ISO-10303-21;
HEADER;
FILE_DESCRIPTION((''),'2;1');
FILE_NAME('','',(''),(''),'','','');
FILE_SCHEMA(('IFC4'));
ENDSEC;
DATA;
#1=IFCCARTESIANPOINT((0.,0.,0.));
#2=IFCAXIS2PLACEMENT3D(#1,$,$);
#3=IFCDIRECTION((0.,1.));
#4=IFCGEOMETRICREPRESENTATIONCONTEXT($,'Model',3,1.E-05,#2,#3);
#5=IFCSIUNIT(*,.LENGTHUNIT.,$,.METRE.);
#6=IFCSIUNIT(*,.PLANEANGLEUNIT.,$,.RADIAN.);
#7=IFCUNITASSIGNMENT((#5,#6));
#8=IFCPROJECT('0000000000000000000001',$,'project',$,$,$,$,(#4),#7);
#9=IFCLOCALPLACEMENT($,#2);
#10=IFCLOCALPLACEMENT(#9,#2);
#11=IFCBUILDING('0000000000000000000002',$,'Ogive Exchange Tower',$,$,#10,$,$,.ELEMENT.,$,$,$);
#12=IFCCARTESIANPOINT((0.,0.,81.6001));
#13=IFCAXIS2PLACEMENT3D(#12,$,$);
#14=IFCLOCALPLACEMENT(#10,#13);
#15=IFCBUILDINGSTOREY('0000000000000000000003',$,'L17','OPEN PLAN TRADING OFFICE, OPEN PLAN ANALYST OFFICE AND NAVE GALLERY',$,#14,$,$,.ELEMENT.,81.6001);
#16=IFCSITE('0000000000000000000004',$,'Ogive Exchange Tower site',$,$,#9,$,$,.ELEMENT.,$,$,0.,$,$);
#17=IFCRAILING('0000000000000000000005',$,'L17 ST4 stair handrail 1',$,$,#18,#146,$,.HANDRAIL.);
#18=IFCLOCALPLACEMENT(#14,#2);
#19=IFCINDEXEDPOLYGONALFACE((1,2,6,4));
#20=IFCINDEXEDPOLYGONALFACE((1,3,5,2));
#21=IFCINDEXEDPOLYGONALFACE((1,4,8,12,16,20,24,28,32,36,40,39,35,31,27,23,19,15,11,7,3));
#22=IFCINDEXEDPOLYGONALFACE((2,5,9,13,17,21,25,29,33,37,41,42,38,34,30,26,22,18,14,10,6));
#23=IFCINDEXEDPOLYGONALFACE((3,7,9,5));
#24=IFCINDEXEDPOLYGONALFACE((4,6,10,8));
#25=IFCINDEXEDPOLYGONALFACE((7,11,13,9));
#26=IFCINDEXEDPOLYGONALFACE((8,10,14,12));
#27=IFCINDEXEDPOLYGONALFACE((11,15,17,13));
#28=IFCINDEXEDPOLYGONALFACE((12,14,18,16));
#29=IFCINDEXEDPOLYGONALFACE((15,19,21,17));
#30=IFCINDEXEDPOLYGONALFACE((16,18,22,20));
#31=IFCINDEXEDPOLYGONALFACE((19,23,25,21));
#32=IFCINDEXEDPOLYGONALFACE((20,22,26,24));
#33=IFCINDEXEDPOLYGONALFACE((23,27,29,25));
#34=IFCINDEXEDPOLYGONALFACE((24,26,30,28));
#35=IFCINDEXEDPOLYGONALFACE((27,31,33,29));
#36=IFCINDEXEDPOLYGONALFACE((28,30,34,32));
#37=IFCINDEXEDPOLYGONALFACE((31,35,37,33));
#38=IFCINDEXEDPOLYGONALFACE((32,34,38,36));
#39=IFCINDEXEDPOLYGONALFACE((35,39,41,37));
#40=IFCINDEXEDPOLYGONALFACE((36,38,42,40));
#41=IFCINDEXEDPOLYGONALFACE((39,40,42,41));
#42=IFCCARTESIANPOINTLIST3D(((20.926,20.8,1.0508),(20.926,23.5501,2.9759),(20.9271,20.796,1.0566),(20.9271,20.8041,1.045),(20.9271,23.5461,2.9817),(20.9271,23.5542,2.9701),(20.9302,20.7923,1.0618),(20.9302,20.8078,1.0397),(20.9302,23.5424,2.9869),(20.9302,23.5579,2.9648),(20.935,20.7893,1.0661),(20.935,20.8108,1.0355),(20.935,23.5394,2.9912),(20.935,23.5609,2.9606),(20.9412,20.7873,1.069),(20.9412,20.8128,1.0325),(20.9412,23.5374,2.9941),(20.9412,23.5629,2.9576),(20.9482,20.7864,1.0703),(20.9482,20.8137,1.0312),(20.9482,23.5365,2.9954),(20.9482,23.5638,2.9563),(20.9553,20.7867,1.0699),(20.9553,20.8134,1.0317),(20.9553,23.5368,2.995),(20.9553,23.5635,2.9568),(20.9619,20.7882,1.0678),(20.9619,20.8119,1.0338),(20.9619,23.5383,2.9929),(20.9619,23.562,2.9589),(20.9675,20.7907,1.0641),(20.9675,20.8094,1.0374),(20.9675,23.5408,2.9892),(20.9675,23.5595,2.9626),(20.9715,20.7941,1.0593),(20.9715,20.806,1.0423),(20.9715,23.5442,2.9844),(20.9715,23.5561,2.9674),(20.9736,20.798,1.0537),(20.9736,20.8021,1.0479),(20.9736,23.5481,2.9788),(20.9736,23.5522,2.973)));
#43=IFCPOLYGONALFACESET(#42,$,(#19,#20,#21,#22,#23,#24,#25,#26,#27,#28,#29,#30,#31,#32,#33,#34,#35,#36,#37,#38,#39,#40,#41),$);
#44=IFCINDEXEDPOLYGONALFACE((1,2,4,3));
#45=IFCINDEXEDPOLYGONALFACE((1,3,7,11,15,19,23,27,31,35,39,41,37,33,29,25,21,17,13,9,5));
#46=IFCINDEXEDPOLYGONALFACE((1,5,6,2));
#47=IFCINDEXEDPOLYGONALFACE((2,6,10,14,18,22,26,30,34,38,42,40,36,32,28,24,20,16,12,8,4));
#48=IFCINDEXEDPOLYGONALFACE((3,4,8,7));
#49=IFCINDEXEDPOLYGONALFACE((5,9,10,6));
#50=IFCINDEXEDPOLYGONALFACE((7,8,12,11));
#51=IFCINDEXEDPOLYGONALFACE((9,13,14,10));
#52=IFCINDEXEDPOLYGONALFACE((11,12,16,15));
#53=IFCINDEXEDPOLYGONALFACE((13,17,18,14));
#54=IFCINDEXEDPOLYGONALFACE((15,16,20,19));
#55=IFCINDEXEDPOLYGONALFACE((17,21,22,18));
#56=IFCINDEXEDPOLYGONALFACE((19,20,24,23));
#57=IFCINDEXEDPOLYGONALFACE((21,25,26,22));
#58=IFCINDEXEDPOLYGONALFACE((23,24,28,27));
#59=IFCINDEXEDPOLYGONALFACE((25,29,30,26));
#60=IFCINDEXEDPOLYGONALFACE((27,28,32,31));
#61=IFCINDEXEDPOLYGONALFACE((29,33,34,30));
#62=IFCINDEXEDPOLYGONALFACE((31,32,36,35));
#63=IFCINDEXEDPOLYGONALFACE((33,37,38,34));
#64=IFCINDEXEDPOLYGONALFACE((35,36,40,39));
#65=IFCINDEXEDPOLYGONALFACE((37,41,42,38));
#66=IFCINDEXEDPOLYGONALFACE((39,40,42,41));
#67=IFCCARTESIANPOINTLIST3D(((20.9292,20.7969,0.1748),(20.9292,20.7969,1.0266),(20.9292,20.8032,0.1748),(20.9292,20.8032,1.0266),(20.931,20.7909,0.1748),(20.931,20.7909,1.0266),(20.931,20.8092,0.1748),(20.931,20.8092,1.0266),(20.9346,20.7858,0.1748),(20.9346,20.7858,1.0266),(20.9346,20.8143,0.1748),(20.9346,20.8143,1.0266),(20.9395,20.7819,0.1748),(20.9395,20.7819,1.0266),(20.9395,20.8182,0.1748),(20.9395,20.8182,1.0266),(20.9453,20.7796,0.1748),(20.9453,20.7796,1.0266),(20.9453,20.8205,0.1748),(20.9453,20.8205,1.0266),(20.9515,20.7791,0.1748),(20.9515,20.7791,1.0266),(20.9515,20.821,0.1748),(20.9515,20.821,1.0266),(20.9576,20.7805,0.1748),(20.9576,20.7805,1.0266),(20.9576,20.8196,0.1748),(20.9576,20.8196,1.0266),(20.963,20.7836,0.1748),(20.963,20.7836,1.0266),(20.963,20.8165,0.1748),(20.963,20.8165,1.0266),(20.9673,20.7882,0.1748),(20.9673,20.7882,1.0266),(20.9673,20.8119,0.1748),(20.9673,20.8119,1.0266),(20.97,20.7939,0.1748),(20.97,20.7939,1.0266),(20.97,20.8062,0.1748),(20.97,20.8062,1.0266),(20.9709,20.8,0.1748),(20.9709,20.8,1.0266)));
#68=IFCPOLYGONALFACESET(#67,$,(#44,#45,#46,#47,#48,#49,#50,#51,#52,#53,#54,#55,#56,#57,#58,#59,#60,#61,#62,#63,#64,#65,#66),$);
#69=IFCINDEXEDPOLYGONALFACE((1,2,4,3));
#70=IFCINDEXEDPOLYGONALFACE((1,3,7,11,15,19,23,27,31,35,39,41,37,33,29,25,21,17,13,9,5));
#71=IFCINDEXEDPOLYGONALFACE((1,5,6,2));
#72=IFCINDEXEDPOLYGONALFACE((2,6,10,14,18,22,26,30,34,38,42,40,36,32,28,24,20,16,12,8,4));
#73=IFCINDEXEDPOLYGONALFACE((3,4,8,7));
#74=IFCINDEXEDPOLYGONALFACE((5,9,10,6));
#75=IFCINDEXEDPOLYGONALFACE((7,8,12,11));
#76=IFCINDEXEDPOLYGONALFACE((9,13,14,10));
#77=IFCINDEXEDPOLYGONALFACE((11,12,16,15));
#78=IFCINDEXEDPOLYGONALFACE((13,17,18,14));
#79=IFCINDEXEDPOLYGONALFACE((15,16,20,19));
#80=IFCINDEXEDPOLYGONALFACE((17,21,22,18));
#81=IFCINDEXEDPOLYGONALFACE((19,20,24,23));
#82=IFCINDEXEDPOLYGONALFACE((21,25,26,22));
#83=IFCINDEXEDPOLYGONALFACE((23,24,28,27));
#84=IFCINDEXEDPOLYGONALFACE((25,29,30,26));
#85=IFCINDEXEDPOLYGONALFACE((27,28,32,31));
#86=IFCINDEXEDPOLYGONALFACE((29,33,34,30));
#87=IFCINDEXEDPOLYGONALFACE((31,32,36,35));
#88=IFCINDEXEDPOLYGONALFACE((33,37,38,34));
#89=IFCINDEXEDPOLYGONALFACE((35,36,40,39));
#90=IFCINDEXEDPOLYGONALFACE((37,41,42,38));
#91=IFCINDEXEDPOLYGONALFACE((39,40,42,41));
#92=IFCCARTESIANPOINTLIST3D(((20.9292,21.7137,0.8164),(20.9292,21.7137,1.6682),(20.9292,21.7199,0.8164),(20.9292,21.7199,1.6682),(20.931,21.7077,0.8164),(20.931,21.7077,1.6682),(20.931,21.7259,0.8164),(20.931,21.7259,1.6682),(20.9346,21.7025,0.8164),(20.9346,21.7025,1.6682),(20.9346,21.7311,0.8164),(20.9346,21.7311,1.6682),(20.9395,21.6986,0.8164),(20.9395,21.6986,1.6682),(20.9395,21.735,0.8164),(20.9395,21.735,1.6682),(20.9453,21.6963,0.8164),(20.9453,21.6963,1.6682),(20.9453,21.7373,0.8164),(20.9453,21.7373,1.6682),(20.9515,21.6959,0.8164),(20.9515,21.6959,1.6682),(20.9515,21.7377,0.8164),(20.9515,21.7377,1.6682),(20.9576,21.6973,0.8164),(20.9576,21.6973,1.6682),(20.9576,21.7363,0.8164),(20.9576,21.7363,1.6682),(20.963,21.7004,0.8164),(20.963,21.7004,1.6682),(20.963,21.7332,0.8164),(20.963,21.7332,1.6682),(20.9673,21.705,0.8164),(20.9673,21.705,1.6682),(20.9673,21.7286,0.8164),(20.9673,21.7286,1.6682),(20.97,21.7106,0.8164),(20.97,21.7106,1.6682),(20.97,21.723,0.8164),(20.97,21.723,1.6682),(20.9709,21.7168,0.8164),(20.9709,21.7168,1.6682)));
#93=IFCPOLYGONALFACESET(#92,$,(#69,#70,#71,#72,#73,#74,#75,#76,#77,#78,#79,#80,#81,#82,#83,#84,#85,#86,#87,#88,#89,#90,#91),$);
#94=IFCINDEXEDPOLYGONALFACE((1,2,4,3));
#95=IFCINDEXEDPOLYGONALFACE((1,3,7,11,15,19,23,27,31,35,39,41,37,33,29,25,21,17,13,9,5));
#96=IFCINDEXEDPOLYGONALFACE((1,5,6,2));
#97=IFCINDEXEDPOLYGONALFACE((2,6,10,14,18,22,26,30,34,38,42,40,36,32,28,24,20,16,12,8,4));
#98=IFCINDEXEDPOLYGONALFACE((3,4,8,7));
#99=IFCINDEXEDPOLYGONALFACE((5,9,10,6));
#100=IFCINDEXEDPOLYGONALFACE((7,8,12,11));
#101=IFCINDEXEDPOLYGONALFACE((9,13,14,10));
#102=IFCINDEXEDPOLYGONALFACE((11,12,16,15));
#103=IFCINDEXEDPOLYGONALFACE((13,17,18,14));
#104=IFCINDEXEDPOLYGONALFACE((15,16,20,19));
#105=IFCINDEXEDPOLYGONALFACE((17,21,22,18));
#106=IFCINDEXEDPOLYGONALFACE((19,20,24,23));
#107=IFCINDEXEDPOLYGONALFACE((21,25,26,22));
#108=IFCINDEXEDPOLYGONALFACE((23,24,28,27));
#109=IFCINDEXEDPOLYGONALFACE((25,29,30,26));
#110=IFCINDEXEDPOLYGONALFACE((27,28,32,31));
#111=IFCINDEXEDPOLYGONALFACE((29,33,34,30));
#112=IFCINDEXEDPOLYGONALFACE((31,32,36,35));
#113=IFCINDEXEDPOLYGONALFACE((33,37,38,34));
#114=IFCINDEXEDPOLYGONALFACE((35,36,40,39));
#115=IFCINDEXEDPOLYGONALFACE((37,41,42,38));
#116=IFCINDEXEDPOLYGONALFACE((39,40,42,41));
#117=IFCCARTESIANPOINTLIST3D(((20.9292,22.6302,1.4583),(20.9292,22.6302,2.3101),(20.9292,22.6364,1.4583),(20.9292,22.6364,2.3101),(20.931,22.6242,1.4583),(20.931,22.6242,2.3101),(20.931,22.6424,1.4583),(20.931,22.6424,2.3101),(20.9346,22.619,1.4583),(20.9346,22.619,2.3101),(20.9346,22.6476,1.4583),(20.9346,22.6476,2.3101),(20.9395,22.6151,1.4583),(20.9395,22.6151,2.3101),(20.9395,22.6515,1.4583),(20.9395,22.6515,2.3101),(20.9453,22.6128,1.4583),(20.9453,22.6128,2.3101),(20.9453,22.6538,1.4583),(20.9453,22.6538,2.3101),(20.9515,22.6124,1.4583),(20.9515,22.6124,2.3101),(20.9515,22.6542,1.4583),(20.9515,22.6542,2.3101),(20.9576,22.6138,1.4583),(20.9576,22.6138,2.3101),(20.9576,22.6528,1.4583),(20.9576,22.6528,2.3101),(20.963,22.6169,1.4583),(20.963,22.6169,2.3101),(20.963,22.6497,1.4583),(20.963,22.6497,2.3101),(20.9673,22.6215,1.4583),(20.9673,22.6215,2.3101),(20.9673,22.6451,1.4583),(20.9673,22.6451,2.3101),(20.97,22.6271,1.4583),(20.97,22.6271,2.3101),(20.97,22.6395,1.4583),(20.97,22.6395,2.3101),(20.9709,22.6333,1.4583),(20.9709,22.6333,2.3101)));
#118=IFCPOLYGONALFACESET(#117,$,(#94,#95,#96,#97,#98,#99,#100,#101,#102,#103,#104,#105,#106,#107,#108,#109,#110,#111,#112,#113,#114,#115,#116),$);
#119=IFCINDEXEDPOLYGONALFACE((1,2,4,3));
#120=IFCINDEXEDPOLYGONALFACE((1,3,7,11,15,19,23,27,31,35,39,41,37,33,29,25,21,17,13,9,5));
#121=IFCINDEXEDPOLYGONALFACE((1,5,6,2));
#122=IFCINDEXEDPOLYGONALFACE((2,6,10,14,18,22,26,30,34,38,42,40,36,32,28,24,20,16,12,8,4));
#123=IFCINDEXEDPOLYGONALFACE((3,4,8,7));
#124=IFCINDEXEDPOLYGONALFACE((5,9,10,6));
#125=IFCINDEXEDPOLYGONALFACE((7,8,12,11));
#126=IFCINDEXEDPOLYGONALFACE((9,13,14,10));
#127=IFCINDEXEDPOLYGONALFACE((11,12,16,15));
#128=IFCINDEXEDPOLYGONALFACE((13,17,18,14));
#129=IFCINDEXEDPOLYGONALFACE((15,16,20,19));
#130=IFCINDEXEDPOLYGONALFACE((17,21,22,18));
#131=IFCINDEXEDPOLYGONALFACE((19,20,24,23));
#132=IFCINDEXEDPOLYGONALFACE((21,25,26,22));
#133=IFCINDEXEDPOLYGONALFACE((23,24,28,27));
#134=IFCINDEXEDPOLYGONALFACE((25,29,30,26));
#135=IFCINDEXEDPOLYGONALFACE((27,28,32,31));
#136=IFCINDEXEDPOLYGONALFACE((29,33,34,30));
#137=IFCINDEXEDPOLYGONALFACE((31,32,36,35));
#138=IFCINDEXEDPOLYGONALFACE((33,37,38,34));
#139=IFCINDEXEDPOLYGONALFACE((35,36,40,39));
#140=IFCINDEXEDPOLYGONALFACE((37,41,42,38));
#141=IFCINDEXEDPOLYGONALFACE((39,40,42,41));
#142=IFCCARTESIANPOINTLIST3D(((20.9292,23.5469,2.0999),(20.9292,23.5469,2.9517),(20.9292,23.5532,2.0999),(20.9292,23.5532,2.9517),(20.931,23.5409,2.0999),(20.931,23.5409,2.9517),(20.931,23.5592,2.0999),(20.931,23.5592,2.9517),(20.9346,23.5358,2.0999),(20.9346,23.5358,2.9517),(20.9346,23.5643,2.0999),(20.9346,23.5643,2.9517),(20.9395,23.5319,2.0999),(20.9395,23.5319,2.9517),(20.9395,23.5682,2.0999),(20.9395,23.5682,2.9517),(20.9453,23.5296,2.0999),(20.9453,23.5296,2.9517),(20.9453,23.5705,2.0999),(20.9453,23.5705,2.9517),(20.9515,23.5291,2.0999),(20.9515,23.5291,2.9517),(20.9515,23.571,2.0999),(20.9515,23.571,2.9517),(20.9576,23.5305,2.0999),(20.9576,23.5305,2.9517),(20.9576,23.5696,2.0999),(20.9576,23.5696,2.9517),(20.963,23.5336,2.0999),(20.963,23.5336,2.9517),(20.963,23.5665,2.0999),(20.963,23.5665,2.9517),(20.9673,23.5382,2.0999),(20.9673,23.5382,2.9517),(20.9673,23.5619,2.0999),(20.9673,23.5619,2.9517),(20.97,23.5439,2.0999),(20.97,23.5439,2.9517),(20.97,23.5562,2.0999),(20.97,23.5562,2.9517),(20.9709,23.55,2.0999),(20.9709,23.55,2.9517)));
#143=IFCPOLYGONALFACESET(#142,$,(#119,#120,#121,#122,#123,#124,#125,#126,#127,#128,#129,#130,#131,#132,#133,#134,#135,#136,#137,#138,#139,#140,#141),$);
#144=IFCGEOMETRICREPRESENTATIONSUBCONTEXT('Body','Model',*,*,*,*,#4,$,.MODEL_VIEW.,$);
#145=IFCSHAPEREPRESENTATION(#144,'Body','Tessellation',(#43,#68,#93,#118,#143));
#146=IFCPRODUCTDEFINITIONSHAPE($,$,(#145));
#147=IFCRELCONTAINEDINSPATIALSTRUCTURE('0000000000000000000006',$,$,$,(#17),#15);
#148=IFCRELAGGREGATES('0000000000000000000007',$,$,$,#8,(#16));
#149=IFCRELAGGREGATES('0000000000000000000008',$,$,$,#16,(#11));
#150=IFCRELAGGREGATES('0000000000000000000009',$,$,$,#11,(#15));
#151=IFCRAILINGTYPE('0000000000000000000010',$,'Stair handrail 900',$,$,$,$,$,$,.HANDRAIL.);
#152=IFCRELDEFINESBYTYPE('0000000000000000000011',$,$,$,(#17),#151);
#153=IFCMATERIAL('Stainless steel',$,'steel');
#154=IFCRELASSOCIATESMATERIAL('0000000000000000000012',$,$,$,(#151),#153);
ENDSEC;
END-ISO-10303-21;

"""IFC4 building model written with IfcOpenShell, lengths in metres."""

from ifc_helpers import new_model, si_unit, direction, frame, origin, origin_2d, place, context, subcontext, project, spatial, circle, extrude, material, type_object, element, save


model = new_model("IFC4")

# Units and contexts
model_context = context("Model", 3, precision=1e-05, world=origin(), true_north=direction((0.0, 1.0)))
body_context = subcontext(model_context, "Body", "Model", "MODEL_VIEW")
ifc_project = project(units=[si_unit("LENGTHUNIT", "METRE"), si_unit("PLANEANGLEUNIT", "RADIAN")], contexts=[model_context])

# Site, building, storey
site_placement = place(None, origin())
site = spatial("IfcSite", under=ifc_project, at=site_placement, Name="Ogive Exchange Tower site", CompositionType="ELEMENT", RefElevation=0.0)
building_placement = place(site_placement, origin())
building = spatial("IfcBuilding", under=site, at=building_placement, Name="Ogive Exchange Tower", CompositionType="ELEMENT")
storey_placement = place(building_placement, frame((0.0, 0.0, 81.6001)))
storey = spatial("IfcBuildingStorey", under=building, at=storey_placement, Name="L17", Description="OPEN PLAN TRADING OFFICE, OPEN PLAN ANALYST OFFICE AND NAVE GALLERY", CompositionType="ELEMENT", Elevation=81.6001)

# Railing
ifc_material_1 = material(Name="Stainless steel", Category="steel")
railing_type = type_object("IfcRailingType", Name="Stair handrail 900", PredefinedType="HANDRAIL", material=ifc_material_1)
railing_1_placement = place(storey_placement, frame((20.95, 20.8, 0.1748)))
element("IfcRailing", 1, at=railing_1_placement, inside=storey, type_object=railing_type, Name="L17 ST4 stair handrail 1", PredefinedType="HANDRAIL", context=body_context, shape_type="SweptSolid", body=[
    extrude(circle(Radius=0.0239, at=origin_2d()), frame((0.0, 0.0, 0.876), z_axis=(0.0, 0.819225, 0.573472), x_axis=(-1.0, 0.0, 0.0)), (0.0, 0.0, 1.0), 3.3569),
    extrude(circle(Radius=0.021, at=origin_2d()), origin(), (0.0, 0.0, 1.0), 0.8518),
    extrude(circle(Radius=0.021, at=origin_2d()), frame((0.0, 0.9167, 0.6416)), (0.0, 0.0, 1.0), 0.8518),
    extrude(circle(Radius=0.021, at=origin_2d()), frame((0.0, 1.8333, 1.2834)), (0.0, 0.0, 1.0), 0.8518),
    extrude(circle(Radius=0.021, at=origin_2d()), frame((0.0, 2.75, 1.925)), (0.0, 0.0, 1.0), 0.8518),
])

save(model, "model.ifc")
